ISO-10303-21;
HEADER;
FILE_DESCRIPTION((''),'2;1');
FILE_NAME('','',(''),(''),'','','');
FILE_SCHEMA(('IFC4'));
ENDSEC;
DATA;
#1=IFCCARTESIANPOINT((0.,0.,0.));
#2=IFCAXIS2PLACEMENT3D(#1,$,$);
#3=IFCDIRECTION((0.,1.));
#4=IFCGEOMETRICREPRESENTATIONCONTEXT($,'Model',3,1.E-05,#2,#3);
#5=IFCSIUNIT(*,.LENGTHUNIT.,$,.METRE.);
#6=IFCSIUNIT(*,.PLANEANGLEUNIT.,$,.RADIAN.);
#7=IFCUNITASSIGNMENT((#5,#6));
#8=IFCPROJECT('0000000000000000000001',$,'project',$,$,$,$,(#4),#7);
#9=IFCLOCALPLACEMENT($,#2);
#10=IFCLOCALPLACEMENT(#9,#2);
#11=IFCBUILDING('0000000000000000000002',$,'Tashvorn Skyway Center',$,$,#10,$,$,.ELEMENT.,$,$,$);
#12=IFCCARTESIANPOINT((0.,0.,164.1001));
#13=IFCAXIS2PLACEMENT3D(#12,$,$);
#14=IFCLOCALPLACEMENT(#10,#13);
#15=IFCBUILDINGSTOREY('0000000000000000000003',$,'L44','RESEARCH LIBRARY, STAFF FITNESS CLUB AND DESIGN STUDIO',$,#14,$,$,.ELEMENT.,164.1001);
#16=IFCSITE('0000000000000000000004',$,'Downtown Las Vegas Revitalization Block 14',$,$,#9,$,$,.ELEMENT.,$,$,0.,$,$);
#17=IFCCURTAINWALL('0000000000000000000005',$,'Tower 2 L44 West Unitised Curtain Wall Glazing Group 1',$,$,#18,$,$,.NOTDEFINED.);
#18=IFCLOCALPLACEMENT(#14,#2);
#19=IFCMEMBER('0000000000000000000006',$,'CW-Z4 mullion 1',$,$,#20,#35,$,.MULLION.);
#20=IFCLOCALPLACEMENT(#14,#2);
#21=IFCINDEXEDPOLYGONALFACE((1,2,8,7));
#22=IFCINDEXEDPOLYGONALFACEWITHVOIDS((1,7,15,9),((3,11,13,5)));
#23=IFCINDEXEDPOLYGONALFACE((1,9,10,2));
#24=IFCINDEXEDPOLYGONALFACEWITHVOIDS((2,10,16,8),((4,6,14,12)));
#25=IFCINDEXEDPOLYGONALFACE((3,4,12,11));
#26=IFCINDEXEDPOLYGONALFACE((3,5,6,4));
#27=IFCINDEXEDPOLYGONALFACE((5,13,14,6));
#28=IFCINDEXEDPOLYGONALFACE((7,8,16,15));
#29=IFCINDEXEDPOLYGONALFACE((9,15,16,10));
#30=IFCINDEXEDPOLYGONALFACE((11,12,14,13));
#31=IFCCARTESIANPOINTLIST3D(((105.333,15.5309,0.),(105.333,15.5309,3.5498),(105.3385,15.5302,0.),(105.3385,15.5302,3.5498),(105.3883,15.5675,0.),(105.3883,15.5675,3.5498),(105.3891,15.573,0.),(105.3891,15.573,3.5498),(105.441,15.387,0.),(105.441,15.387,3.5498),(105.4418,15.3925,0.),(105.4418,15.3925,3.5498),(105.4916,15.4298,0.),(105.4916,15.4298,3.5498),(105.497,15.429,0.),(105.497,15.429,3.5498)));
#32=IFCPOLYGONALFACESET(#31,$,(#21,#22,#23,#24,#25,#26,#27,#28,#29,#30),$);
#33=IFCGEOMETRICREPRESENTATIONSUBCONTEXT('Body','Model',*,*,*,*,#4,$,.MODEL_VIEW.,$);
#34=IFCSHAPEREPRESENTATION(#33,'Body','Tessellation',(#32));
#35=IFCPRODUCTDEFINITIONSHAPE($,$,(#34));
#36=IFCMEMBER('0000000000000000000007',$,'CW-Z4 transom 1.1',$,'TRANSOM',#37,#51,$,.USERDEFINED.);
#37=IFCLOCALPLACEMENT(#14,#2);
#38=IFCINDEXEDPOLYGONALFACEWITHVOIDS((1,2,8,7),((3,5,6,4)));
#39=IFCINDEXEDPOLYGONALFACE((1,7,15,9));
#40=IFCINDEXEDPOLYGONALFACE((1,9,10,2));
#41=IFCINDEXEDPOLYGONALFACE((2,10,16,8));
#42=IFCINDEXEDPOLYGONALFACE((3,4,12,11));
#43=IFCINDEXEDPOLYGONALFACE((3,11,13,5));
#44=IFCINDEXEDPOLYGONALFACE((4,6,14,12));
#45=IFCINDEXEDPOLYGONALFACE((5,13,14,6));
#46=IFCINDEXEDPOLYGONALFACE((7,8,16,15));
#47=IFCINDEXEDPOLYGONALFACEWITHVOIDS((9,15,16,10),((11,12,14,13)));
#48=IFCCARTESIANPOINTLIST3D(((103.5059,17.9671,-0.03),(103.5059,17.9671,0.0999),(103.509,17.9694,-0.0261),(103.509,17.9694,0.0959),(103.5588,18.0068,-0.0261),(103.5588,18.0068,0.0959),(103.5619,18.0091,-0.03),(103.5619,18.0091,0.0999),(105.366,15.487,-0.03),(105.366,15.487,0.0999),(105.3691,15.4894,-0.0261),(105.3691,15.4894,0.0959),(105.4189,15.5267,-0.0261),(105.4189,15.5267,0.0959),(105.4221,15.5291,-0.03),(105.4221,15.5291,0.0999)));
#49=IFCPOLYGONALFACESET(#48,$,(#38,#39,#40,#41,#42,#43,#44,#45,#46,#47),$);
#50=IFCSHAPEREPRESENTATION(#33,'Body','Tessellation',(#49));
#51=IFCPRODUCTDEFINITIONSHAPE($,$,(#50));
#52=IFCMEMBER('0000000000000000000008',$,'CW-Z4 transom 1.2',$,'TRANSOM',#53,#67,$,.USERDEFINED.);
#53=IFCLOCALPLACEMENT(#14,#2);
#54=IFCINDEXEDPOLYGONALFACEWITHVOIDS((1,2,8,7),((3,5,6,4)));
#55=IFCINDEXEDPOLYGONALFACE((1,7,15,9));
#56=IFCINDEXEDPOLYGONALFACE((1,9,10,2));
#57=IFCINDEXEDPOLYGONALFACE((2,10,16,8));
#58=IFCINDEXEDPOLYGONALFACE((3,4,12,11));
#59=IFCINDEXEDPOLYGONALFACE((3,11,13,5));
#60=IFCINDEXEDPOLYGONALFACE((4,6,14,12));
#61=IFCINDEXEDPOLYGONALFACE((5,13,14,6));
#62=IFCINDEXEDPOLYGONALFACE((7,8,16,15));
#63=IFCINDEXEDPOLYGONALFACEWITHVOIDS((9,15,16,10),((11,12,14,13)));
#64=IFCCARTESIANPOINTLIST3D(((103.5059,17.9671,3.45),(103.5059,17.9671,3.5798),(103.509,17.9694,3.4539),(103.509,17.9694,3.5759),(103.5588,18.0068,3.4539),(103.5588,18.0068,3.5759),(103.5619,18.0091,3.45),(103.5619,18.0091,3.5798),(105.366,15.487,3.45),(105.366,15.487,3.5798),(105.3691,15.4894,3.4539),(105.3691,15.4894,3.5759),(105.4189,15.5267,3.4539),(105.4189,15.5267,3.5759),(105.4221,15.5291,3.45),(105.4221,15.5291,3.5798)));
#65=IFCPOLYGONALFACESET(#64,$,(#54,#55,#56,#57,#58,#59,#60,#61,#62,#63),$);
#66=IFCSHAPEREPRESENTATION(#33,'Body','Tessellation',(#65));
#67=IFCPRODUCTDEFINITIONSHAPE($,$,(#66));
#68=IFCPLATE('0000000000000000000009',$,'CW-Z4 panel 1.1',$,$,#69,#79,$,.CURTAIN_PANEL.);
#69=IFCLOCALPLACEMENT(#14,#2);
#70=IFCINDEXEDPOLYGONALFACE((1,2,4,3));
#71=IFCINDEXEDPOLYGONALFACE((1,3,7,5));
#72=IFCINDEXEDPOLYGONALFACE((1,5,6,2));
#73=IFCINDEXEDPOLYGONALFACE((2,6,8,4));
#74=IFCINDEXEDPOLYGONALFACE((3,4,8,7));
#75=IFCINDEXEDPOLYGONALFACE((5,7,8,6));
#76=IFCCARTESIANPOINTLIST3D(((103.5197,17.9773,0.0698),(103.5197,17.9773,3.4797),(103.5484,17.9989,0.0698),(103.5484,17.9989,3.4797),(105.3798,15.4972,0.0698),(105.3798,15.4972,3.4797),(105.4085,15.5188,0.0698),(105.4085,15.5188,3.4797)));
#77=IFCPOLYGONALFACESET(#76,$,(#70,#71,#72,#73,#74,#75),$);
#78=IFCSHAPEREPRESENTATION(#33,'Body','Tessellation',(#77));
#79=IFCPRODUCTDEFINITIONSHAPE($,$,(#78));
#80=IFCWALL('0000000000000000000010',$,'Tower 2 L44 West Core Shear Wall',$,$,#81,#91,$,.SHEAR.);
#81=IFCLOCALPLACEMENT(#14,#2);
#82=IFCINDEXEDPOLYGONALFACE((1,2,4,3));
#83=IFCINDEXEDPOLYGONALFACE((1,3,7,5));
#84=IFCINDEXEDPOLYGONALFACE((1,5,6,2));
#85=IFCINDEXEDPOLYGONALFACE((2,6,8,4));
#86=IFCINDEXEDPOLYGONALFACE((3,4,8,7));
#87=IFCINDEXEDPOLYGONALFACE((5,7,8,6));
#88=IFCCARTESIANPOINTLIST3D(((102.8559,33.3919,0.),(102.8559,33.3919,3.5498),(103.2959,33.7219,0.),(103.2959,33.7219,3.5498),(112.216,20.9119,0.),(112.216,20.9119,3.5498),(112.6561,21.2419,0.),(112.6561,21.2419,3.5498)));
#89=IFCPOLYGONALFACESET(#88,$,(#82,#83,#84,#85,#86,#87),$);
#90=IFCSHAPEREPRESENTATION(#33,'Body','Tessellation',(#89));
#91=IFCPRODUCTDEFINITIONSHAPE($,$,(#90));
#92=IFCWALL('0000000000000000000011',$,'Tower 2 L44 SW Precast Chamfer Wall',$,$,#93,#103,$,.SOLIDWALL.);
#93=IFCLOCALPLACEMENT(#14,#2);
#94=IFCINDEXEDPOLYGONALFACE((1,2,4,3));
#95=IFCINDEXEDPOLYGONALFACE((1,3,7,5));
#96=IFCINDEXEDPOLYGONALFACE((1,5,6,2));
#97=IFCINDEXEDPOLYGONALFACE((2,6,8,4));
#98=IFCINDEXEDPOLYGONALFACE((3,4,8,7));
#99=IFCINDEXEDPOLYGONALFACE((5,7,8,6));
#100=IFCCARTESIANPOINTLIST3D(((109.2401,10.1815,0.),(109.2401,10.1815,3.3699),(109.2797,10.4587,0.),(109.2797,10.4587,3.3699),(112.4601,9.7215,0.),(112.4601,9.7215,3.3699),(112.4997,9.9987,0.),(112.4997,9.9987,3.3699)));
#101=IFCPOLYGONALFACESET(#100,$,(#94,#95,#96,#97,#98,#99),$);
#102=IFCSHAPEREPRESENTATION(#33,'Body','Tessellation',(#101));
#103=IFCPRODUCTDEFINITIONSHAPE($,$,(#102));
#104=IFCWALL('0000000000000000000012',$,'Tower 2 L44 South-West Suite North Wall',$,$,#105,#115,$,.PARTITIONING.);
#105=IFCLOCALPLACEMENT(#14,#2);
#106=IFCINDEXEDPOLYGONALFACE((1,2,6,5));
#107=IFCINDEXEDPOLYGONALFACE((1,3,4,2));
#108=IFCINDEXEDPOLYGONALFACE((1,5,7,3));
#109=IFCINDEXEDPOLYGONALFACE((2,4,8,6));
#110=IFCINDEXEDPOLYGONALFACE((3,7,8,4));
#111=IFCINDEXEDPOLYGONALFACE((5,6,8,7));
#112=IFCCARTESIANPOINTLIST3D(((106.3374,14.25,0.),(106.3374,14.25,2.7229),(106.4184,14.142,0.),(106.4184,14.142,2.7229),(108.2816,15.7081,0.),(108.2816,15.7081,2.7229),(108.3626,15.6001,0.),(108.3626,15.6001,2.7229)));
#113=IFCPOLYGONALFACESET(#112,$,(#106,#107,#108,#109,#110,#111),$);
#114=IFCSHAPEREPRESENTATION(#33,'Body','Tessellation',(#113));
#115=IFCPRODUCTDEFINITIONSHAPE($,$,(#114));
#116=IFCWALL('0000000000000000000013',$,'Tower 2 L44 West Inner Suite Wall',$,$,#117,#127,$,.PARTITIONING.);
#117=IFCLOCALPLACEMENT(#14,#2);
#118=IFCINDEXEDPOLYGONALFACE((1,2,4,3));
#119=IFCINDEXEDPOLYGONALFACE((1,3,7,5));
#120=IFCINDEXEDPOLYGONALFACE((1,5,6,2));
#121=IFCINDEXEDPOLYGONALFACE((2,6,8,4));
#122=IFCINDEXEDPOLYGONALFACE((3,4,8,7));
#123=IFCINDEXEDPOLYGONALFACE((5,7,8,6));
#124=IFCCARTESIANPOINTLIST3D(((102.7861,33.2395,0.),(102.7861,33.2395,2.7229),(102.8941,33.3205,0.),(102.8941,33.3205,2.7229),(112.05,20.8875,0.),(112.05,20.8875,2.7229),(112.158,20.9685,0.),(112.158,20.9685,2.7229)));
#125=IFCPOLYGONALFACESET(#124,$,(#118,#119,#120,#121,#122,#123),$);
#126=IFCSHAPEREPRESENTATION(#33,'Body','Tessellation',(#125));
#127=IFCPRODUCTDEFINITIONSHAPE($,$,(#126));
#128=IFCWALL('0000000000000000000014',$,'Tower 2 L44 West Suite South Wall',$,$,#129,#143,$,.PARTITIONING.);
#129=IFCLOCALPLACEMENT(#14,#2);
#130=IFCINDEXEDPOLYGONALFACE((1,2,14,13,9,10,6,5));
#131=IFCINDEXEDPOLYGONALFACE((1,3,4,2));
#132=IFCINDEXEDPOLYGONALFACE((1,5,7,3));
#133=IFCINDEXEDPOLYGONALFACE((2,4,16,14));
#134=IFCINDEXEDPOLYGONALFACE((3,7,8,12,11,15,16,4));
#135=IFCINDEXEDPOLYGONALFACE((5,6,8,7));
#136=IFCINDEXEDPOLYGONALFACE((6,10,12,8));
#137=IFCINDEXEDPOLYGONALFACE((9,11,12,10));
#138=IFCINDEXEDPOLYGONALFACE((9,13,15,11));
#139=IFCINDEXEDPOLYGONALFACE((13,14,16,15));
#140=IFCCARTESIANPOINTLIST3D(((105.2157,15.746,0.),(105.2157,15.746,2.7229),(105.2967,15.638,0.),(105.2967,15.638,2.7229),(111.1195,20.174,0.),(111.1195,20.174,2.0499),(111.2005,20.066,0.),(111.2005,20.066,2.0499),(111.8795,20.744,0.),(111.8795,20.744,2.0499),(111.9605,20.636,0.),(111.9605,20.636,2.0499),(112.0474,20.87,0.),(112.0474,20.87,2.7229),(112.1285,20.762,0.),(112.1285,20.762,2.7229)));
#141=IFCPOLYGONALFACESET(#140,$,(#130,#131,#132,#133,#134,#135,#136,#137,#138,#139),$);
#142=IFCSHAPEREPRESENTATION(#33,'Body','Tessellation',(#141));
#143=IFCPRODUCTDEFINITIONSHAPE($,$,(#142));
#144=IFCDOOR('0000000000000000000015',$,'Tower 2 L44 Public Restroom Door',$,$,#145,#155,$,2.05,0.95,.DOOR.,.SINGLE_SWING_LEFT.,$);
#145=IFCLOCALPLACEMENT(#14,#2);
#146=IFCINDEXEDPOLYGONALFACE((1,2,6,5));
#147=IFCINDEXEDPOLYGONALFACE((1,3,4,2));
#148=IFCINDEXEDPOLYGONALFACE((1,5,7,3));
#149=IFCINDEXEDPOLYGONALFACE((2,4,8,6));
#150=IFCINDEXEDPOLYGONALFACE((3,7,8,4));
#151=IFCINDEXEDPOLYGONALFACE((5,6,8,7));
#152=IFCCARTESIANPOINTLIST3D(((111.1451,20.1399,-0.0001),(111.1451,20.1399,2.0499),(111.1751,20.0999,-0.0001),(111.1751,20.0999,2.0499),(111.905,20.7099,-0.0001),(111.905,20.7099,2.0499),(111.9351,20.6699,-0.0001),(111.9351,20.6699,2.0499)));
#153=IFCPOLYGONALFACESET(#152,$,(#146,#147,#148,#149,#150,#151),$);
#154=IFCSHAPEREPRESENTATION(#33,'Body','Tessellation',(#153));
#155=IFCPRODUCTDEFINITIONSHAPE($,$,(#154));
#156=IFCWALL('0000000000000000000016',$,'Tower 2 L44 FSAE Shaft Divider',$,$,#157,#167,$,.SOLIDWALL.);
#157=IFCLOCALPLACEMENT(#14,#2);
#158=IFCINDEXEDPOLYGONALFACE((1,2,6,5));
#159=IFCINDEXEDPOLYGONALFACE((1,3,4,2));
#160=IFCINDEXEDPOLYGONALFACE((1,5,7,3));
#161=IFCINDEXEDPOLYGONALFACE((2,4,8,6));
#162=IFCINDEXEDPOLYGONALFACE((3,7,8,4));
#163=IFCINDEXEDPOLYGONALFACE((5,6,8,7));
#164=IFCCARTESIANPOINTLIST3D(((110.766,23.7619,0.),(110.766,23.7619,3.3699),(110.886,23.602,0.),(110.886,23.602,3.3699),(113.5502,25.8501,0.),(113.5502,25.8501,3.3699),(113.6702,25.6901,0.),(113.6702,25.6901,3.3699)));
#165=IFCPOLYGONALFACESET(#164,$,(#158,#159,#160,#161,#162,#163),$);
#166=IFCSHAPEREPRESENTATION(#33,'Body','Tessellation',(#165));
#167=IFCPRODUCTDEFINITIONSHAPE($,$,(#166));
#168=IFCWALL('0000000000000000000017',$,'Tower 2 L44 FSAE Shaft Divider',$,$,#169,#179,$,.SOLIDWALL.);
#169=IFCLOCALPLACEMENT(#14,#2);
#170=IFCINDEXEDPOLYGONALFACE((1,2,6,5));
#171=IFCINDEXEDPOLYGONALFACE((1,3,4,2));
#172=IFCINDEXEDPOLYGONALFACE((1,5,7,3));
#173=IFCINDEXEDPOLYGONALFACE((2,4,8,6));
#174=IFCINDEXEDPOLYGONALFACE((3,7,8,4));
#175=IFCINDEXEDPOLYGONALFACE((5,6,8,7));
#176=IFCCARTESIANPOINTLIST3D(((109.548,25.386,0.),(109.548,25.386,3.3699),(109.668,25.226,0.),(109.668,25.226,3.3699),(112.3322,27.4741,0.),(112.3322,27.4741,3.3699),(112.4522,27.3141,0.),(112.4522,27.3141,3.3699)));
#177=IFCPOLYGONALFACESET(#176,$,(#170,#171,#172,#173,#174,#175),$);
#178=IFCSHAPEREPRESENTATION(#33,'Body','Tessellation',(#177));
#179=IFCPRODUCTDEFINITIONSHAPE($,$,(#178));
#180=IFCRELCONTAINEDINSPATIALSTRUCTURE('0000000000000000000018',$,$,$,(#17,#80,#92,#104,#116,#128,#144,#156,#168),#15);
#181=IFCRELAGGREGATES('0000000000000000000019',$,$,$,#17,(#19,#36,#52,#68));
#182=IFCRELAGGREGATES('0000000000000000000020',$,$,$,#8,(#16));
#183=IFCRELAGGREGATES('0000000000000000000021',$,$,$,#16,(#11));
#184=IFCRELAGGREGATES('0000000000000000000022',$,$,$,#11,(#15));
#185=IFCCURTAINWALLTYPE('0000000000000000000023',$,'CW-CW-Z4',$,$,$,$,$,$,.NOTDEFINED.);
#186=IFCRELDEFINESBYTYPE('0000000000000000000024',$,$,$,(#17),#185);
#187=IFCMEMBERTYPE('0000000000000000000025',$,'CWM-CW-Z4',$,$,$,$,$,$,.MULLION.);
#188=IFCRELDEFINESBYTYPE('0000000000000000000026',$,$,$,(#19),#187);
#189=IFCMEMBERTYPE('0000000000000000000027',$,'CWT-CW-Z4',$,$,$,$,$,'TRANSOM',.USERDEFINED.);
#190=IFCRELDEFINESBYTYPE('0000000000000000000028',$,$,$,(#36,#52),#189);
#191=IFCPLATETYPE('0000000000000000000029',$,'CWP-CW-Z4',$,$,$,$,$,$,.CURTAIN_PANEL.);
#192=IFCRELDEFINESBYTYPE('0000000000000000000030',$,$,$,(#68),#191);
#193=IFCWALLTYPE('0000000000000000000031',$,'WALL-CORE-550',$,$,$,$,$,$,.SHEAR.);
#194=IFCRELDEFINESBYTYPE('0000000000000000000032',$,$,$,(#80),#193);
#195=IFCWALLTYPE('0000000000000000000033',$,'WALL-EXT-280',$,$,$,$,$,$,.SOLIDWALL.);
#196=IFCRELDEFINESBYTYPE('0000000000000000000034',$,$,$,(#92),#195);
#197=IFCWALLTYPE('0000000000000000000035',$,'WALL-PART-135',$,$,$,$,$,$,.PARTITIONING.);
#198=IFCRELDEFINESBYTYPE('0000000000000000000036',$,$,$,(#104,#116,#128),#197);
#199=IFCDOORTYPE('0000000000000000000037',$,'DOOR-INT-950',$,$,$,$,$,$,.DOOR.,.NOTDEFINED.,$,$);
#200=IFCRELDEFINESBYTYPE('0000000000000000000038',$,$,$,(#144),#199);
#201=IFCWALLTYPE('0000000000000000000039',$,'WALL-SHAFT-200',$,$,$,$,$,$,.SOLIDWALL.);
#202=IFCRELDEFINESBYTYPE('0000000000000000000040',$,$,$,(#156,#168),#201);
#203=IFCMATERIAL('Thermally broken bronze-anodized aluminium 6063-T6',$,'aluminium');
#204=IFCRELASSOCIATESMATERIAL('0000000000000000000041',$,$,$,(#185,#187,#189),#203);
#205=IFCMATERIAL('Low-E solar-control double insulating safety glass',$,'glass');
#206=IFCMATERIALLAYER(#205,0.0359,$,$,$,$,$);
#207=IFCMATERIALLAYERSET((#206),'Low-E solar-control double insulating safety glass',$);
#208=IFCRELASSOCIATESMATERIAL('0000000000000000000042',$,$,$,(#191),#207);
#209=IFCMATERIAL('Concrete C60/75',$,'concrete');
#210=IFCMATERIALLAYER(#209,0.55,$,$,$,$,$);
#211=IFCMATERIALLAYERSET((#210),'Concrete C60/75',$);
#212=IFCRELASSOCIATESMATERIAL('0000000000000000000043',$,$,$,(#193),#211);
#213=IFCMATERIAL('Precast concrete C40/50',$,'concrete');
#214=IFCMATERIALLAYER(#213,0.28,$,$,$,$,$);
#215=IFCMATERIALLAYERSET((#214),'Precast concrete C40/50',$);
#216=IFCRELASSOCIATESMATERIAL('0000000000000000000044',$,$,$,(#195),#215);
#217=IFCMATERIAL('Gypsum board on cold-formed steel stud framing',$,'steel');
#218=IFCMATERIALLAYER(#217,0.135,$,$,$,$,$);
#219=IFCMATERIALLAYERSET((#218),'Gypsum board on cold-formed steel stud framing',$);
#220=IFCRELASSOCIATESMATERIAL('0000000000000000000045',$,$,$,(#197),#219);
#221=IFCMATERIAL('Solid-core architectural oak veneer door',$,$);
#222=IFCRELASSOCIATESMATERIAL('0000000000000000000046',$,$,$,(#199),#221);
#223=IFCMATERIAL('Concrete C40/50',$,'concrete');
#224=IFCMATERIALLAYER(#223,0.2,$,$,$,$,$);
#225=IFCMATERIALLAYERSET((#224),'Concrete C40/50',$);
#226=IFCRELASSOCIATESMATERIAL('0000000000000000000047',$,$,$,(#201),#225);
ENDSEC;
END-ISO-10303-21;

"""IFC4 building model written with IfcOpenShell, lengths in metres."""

from ifc_helpers import new_model, si_unit, direction, frame, frame_2d, origin, origin_2d, place, context, subcontext, project, spatial, rectangle, hollow_rectangle, extrude, material, layer, layer_set, material_profile, profile_set, type_object, element, fill, aggregate, save


model = new_model("IFC4")

# Units and contexts
model_context = context("Model", 3, precision=1e-05, world=origin(), true_north=direction((0.0, 1.0)))
body_context = subcontext(model_context, "Body", "Model", "MODEL_VIEW")
ifc_project = project(units=[si_unit("LENGTHUNIT", "METRE"), si_unit("PLANEANGLEUNIT", "RADIAN")], contexts=[model_context])

# Site, building, storey
site_placement = place(None, origin())
site = spatial("IfcSite", under=ifc_project, at=site_placement, Name="Downtown Las Vegas Revitalization Block 14", CompositionType="ELEMENT", RefElevation=0.0)
building_placement = place(site_placement, origin())
building = spatial("IfcBuilding", under=site, at=building_placement, Name="Tashvorn Skyway Center", CompositionType="ELEMENT")
storey_placement = place(building_placement, frame((0.0, 0.0, 164.1001)))
storey = spatial("IfcBuildingStorey", under=building, at=storey_placement, Name="L44", Description="RESEARCH LIBRARY, STAFF FITNESS CLUB AND DESIGN STUDIO", CompositionType="ELEMENT", Elevation=164.1001)

# Shared definitions
ifc_material_1 = material(Name="Concrete C60/75", Category="concrete")

# Curtain wall, members, plate
ifc_material_2 = material(Name="Thermally broken bronze-anodized aluminium 6063-T6", Category="aluminium")
curtain_wall_type = type_object("IfcCurtainWallType", Name="CW-CW-Z4", PredefinedType="NOTDEFINED", material=ifc_material_2)
curtain_wall_placement = place(storey_placement, origin())
curtain_wall = element("IfcCurtainWall", 1, at=curtain_wall_placement, inside=storey, type_object=curtain_wall_type, Name="Tower 2 L44 West Unitised Curtain Wall Glazing Group 1", PredefinedType="NOTDEFINED")
ifc_material_profile_1 = material_profile(ifc_material_2, hollow_rectangle(XDim=0.0701, YDim=0.1799, WallThickness=0.0039, at=origin_2d()), Name="ALU-MULL-70x180")
ifc_profile_set_1 = profile_set([ifc_material_profile_1], Name="Thermally broken bronze-anodized aluminium 6063-T6")
member_type_1 = type_object("IfcMemberType", Name="CWM-CW-Z4", PredefinedType="MULLION", material=ifc_profile_set_1)
member_1_placement = place(storey_placement, frame((105.415, 15.48, 0.0), z_axis=(0.0, 0.0, 1.0), x_axis=(-0.8, -0.6, 0.0)))
member_1 = element("IfcMember", 2, at=member_1_placement, type_object=member_type_1, Name="CW-Z4 mullion 1", PredefinedType="MULLION", context=body_context, shape_type="SweptSolid", body=[
    extrude(hollow_rectangle(XDim=0.0701, YDim=0.1799, WallThickness=0.0039, at=origin_2d()), origin(), (0.0, 0.0, 1.0), 3.5498),
])
ifc_material_profile_2 = material_profile(ifc_material_2, hollow_rectangle(XDim=0.0701, YDim=0.1299, WallThickness=0.0039, at=origin_2d()), Name="ALU-TRAN-70x130")
ifc_profile_set_2 = profile_set([ifc_material_profile_2], Name="Thermally broken bronze-anodized aluminium 6063-T6")
member_type_2 = type_object("IfcMemberType", Name="CWT-CW-Z4", ElementType="TRANSOM", PredefinedType="USERDEFINED", material=ifc_profile_set_2)
member_2_placement = place(storey_placement, frame((105.394, 15.5081, 0.0349), z_axis=(-0.600025, 0.799981, 0.0), x_axis=(-0.799981, -0.600025, 0.0)))
member_2 = element("IfcMember", 3, at=member_2_placement, type_object=member_type_2, Name="CW-Z4 transom 1.1", ObjectType="TRANSOM", PredefinedType="USERDEFINED", context=body_context, shape_type="SweptSolid", body=[
    extrude(hollow_rectangle(XDim=0.0701, YDim=0.1299, WallThickness=0.0039, at=origin_2d()), origin(), (0.0, 0.0, 1.0), 3.1001),
])
member_3_placement = place(storey_placement, frame((105.394, 15.5081, 3.5149), z_axis=(-0.600025, 0.799981, 0.0), x_axis=(-0.799981, -0.600025, 0.0)))
member_3 = element("IfcMember", 4, at=member_3_placement, type_object=member_type_2, Name="CW-Z4 transom 1.2", ObjectType="TRANSOM", PredefinedType="USERDEFINED", context=body_context, shape_type="SweptSolid", body=[
    extrude(hollow_rectangle(XDim=0.0701, YDim=0.1299, WallThickness=0.0039, at=origin_2d()), origin(), (0.0, 0.0, 1.0), 3.1001),
])
ifc_material_3 = material(Name="Low-E solar-control double insulating safety glass", Category="glass")
ifc_layer_1 = layer(ifc_material_3, 0.0359)
ifc_layer_set_1 = layer_set([ifc_layer_1], Name="Low-E solar-control double insulating safety glass")
plate_type = type_object("IfcPlateType", Name="CWP-CW-Z4", PredefinedType="CURTAIN_PANEL", material=ifc_layer_set_1)
plate_placement = place(storey_placement, frame((104.4641, 16.748, 0.0698), z_axis=(0.0, 0.0, 1.0), x_axis=(-0.6, 0.8, 0.0)))
plate = element("IfcPlate", 5, at=plate_placement, type_object=plate_type, Name="CW-Z4 panel 1.1", PredefinedType="CURTAIN_PANEL", context=body_context, shape_type="SweptSolid", body=[
    extrude(rectangle(XDim=3.1001, YDim=0.0359, at=origin_2d()), origin(), (0.0, 0.0, 1.0), 3.4099),
])
aggregate(curtain_wall, [member_1, member_2, member_3, plate])

# Walls
ifc_layer_2 = layer(ifc_material_1, 0.55)
ifc_layer_set_2 = layer_set([ifc_layer_2], Name="Concrete C60/75")
wall_type_1 = type_object("IfcWallType", Name="WALL-CORE-550", PredefinedType="SHEAR", material=ifc_layer_set_2)
wall_1_placement = place(storey_placement, frame((112.436, 21.0769, 0.0), z_axis=(0.0, 0.0, 1.0), x_axis=(-0.600005, 0.799996, 0.0)))
element("IfcWall", 6, at=wall_1_placement, inside=storey, type_object=wall_type_1, Name="Tower 2 L44 West Core Shear Wall", PredefinedType="SHEAR", context=body_context, shape_type="SweptSolid", body=[
    extrude(rectangle(XDim=15.6001, YDim=0.55, at=frame_2d((7.8, 0.0))), origin(), (0.0, 0.0, 1.0), 3.5498),
])
ifc_material_4 = material(Name="Precast concrete C40/50", Category="concrete")
ifc_layer_3 = layer(ifc_material_4, 0.28)
ifc_layer_set_3 = layer_set([ifc_layer_3], Name="Precast concrete C40/50")
wall_type_2 = type_object("IfcWallType", Name="WALL-EXT-280", PredefinedType="SOLIDWALL", material=ifc_layer_set_3)
wall_2_placement = place(storey_placement, frame((112.48, 9.8601, 0.0), z_axis=(0.0, 0.0, 1.0), x_axis=(-0.989951, 0.141411, 0.0)))
element("IfcWall", 7, at=wall_2_placement, inside=storey, type_object=wall_type_2, Name="Tower 2 L44 SW Precast Chamfer Wall", PredefinedType="SOLIDWALL", context=body_context, shape_type="SweptSolid", body=[
    extrude(rectangle(XDim=3.2527, YDim=0.28, at=frame_2d((1.6265, 0.0))), origin(), (0.0, 0.0, 1.0), 3.3699),
])
ifc_material_5 = material(Name="Gypsum board on cold-formed steel stud framing", Category="steel")
ifc_layer_4 = layer(ifc_material_5, 0.135)
ifc_layer_set_4 = layer_set([ifc_layer_4], Name="Gypsum board on cold-formed steel stud framing")
wall_type_3 = type_object("IfcWallType", Name="WALL-PART-135", PredefinedType="PARTITIONING", material=ifc_layer_set_4)
wall_3_placement = place(storey_placement, frame((106.3779, 14.196, 0.0), z_axis=(0.0, 0.0, 1.0), x_axis=(0.800012, 0.599984, 0.0)))
element("IfcWall", 8, at=wall_3_placement, inside=storey, type_object=wall_type_3, Name="Tower 2 L44 South-West Suite North Wall", PredefinedType="PARTITIONING", context=body_context, shape_type="SweptSolid", body=[
    extrude(rectangle(XDim=2.4302, YDim=0.135, at=frame_2d((1.2151, 0.0))), origin(), (0.0, 0.0, 1.0), 2.7229),
])
wall_4_placement = place(storey_placement, frame((112.104, 20.928, 0.0), z_axis=(0.0, 0.0, 1.0), x_axis=(-0.599995, 0.800004, 0.0)))
element("IfcWall", 9, at=wall_4_placement, inside=storey, type_object=wall_type_3, Name="Tower 2 L44 West Inner Suite Wall", PredefinedType="PARTITIONING", context=body_context, shape_type="SweptSolid", body=[
    extrude(rectangle(XDim=15.4399, YDim=0.135, at=frame_2d((7.72, 0.0))), origin(), (0.0, 0.0, 1.0), 2.7229),
])

# Wall, opening, door
wall_5_placement = place(storey_placement, frame((105.2561, 15.6919, 0.0), z_axis=(0.0, 0.0, 1.0), x_axis=(0.79999, 0.600014, 0.0)))
wall_5 = element("IfcWall", 10, at=wall_5_placement, inside=storey, type_object=wall_type_3, Name="Tower 2 L44 West Suite South Wall", PredefinedType="PARTITIONING", context=body_context, shape_type="SweptSolid", body=[
    extrude(rectangle(XDim=8.5398, YDim=0.135, at=frame_2d((4.27, 0.0))), origin(), (0.0, 0.0, 1.0), 2.7229),
])
opening_1_placement = place(wall_5_placement, frame((7.3799, 0.0, 0.0)))
opening_1 = element("IfcOpeningElement", 11, at=opening_1_placement, cuts=wall_5, PredefinedType="OPENING", context=body_context, shape_type="SweptSolid", body=[
    extrude(rectangle(XDim=0.95, YDim=2.05, at=frame_2d((0.4751, 1.0249))), frame((0.0, 0.0774, 0.0), z_axis=(0.0, -1.0, 0.0), x_axis=(1.0, 0.0, 0.0)), (0.0, 0.0, 1.0), 0.155),
])
ifc_material_6 = material(Name="Solid-core architectural oak veneer door")
door_type_1 = type_object("IfcDoorType", Name="DOOR-INT-950", OperationType="NOTDEFINED", PredefinedType="DOOR", material=ifc_material_6)
door_1_placement = place(opening_1_placement, origin())
door_1 = element("IfcDoor", 12, at=door_1_placement, inside=storey, type_object=door_type_1, Name="Tower 2 L44 Public Restroom Door", OperationType="SINGLE_SWING_LEFT", OverallHeight=2.05, OverallWidth=0.95, PredefinedType="DOOR", context=body_context, shape_type="SweptSolid", body=[
    extrude(rectangle(XDim=0.95, YDim=2.05, at=frame_2d((0.4751, 1.0249))), frame((0.0, 0.0249, 0.0), z_axis=(0.0, -1.0, 0.0), x_axis=(1.0, 0.0, 0.0)), (0.0, 0.0, 1.0), 0.05),
])
fill(opening_1, door_1)

# Walls
ifc_material_7 = material(Name="Concrete C40/50", Category="concrete")
ifc_layer_5 = layer(ifc_material_7, 0.2)
ifc_layer_set_5 = layer_set([ifc_layer_5], Name="Concrete C40/50")
wall_type_4 = type_object("IfcWallType", Name="WALL-SHAFT-200", PredefinedType="SOLIDWALL", material=ifc_layer_set_5)
for number, where, z_axis, x_axis, name in (
    (13, (110.8259, 23.6819, 0.0), (0.0, 0.0, 1.0), (0.8, 0.6, 0.0), "Tower 2 L44 FSAE Shaft Divider"),
    (14, (109.6079, 25.3059, 0.0), (0.0, 0.0, 1.0), (0.8, 0.6, 0.0), "Tower 2 L44 FSAE Shaft Divider"),
):
    element("IfcWall", number, at=place(storey_placement, frame(where, z_axis=z_axis, x_axis=x_axis)), inside=storey, type_object=wall_type_4, Name=name, PredefinedType="SOLIDWALL", context=body_context, shape_type="SweptSolid", body=[
        extrude(rectangle(XDim=3.4802, YDim=0.2, at=frame_2d((1.7402, 0.0))), origin(), (0.0, 0.0, 1.0), 3.3699),
    ])

save(model, "model.ifc")
